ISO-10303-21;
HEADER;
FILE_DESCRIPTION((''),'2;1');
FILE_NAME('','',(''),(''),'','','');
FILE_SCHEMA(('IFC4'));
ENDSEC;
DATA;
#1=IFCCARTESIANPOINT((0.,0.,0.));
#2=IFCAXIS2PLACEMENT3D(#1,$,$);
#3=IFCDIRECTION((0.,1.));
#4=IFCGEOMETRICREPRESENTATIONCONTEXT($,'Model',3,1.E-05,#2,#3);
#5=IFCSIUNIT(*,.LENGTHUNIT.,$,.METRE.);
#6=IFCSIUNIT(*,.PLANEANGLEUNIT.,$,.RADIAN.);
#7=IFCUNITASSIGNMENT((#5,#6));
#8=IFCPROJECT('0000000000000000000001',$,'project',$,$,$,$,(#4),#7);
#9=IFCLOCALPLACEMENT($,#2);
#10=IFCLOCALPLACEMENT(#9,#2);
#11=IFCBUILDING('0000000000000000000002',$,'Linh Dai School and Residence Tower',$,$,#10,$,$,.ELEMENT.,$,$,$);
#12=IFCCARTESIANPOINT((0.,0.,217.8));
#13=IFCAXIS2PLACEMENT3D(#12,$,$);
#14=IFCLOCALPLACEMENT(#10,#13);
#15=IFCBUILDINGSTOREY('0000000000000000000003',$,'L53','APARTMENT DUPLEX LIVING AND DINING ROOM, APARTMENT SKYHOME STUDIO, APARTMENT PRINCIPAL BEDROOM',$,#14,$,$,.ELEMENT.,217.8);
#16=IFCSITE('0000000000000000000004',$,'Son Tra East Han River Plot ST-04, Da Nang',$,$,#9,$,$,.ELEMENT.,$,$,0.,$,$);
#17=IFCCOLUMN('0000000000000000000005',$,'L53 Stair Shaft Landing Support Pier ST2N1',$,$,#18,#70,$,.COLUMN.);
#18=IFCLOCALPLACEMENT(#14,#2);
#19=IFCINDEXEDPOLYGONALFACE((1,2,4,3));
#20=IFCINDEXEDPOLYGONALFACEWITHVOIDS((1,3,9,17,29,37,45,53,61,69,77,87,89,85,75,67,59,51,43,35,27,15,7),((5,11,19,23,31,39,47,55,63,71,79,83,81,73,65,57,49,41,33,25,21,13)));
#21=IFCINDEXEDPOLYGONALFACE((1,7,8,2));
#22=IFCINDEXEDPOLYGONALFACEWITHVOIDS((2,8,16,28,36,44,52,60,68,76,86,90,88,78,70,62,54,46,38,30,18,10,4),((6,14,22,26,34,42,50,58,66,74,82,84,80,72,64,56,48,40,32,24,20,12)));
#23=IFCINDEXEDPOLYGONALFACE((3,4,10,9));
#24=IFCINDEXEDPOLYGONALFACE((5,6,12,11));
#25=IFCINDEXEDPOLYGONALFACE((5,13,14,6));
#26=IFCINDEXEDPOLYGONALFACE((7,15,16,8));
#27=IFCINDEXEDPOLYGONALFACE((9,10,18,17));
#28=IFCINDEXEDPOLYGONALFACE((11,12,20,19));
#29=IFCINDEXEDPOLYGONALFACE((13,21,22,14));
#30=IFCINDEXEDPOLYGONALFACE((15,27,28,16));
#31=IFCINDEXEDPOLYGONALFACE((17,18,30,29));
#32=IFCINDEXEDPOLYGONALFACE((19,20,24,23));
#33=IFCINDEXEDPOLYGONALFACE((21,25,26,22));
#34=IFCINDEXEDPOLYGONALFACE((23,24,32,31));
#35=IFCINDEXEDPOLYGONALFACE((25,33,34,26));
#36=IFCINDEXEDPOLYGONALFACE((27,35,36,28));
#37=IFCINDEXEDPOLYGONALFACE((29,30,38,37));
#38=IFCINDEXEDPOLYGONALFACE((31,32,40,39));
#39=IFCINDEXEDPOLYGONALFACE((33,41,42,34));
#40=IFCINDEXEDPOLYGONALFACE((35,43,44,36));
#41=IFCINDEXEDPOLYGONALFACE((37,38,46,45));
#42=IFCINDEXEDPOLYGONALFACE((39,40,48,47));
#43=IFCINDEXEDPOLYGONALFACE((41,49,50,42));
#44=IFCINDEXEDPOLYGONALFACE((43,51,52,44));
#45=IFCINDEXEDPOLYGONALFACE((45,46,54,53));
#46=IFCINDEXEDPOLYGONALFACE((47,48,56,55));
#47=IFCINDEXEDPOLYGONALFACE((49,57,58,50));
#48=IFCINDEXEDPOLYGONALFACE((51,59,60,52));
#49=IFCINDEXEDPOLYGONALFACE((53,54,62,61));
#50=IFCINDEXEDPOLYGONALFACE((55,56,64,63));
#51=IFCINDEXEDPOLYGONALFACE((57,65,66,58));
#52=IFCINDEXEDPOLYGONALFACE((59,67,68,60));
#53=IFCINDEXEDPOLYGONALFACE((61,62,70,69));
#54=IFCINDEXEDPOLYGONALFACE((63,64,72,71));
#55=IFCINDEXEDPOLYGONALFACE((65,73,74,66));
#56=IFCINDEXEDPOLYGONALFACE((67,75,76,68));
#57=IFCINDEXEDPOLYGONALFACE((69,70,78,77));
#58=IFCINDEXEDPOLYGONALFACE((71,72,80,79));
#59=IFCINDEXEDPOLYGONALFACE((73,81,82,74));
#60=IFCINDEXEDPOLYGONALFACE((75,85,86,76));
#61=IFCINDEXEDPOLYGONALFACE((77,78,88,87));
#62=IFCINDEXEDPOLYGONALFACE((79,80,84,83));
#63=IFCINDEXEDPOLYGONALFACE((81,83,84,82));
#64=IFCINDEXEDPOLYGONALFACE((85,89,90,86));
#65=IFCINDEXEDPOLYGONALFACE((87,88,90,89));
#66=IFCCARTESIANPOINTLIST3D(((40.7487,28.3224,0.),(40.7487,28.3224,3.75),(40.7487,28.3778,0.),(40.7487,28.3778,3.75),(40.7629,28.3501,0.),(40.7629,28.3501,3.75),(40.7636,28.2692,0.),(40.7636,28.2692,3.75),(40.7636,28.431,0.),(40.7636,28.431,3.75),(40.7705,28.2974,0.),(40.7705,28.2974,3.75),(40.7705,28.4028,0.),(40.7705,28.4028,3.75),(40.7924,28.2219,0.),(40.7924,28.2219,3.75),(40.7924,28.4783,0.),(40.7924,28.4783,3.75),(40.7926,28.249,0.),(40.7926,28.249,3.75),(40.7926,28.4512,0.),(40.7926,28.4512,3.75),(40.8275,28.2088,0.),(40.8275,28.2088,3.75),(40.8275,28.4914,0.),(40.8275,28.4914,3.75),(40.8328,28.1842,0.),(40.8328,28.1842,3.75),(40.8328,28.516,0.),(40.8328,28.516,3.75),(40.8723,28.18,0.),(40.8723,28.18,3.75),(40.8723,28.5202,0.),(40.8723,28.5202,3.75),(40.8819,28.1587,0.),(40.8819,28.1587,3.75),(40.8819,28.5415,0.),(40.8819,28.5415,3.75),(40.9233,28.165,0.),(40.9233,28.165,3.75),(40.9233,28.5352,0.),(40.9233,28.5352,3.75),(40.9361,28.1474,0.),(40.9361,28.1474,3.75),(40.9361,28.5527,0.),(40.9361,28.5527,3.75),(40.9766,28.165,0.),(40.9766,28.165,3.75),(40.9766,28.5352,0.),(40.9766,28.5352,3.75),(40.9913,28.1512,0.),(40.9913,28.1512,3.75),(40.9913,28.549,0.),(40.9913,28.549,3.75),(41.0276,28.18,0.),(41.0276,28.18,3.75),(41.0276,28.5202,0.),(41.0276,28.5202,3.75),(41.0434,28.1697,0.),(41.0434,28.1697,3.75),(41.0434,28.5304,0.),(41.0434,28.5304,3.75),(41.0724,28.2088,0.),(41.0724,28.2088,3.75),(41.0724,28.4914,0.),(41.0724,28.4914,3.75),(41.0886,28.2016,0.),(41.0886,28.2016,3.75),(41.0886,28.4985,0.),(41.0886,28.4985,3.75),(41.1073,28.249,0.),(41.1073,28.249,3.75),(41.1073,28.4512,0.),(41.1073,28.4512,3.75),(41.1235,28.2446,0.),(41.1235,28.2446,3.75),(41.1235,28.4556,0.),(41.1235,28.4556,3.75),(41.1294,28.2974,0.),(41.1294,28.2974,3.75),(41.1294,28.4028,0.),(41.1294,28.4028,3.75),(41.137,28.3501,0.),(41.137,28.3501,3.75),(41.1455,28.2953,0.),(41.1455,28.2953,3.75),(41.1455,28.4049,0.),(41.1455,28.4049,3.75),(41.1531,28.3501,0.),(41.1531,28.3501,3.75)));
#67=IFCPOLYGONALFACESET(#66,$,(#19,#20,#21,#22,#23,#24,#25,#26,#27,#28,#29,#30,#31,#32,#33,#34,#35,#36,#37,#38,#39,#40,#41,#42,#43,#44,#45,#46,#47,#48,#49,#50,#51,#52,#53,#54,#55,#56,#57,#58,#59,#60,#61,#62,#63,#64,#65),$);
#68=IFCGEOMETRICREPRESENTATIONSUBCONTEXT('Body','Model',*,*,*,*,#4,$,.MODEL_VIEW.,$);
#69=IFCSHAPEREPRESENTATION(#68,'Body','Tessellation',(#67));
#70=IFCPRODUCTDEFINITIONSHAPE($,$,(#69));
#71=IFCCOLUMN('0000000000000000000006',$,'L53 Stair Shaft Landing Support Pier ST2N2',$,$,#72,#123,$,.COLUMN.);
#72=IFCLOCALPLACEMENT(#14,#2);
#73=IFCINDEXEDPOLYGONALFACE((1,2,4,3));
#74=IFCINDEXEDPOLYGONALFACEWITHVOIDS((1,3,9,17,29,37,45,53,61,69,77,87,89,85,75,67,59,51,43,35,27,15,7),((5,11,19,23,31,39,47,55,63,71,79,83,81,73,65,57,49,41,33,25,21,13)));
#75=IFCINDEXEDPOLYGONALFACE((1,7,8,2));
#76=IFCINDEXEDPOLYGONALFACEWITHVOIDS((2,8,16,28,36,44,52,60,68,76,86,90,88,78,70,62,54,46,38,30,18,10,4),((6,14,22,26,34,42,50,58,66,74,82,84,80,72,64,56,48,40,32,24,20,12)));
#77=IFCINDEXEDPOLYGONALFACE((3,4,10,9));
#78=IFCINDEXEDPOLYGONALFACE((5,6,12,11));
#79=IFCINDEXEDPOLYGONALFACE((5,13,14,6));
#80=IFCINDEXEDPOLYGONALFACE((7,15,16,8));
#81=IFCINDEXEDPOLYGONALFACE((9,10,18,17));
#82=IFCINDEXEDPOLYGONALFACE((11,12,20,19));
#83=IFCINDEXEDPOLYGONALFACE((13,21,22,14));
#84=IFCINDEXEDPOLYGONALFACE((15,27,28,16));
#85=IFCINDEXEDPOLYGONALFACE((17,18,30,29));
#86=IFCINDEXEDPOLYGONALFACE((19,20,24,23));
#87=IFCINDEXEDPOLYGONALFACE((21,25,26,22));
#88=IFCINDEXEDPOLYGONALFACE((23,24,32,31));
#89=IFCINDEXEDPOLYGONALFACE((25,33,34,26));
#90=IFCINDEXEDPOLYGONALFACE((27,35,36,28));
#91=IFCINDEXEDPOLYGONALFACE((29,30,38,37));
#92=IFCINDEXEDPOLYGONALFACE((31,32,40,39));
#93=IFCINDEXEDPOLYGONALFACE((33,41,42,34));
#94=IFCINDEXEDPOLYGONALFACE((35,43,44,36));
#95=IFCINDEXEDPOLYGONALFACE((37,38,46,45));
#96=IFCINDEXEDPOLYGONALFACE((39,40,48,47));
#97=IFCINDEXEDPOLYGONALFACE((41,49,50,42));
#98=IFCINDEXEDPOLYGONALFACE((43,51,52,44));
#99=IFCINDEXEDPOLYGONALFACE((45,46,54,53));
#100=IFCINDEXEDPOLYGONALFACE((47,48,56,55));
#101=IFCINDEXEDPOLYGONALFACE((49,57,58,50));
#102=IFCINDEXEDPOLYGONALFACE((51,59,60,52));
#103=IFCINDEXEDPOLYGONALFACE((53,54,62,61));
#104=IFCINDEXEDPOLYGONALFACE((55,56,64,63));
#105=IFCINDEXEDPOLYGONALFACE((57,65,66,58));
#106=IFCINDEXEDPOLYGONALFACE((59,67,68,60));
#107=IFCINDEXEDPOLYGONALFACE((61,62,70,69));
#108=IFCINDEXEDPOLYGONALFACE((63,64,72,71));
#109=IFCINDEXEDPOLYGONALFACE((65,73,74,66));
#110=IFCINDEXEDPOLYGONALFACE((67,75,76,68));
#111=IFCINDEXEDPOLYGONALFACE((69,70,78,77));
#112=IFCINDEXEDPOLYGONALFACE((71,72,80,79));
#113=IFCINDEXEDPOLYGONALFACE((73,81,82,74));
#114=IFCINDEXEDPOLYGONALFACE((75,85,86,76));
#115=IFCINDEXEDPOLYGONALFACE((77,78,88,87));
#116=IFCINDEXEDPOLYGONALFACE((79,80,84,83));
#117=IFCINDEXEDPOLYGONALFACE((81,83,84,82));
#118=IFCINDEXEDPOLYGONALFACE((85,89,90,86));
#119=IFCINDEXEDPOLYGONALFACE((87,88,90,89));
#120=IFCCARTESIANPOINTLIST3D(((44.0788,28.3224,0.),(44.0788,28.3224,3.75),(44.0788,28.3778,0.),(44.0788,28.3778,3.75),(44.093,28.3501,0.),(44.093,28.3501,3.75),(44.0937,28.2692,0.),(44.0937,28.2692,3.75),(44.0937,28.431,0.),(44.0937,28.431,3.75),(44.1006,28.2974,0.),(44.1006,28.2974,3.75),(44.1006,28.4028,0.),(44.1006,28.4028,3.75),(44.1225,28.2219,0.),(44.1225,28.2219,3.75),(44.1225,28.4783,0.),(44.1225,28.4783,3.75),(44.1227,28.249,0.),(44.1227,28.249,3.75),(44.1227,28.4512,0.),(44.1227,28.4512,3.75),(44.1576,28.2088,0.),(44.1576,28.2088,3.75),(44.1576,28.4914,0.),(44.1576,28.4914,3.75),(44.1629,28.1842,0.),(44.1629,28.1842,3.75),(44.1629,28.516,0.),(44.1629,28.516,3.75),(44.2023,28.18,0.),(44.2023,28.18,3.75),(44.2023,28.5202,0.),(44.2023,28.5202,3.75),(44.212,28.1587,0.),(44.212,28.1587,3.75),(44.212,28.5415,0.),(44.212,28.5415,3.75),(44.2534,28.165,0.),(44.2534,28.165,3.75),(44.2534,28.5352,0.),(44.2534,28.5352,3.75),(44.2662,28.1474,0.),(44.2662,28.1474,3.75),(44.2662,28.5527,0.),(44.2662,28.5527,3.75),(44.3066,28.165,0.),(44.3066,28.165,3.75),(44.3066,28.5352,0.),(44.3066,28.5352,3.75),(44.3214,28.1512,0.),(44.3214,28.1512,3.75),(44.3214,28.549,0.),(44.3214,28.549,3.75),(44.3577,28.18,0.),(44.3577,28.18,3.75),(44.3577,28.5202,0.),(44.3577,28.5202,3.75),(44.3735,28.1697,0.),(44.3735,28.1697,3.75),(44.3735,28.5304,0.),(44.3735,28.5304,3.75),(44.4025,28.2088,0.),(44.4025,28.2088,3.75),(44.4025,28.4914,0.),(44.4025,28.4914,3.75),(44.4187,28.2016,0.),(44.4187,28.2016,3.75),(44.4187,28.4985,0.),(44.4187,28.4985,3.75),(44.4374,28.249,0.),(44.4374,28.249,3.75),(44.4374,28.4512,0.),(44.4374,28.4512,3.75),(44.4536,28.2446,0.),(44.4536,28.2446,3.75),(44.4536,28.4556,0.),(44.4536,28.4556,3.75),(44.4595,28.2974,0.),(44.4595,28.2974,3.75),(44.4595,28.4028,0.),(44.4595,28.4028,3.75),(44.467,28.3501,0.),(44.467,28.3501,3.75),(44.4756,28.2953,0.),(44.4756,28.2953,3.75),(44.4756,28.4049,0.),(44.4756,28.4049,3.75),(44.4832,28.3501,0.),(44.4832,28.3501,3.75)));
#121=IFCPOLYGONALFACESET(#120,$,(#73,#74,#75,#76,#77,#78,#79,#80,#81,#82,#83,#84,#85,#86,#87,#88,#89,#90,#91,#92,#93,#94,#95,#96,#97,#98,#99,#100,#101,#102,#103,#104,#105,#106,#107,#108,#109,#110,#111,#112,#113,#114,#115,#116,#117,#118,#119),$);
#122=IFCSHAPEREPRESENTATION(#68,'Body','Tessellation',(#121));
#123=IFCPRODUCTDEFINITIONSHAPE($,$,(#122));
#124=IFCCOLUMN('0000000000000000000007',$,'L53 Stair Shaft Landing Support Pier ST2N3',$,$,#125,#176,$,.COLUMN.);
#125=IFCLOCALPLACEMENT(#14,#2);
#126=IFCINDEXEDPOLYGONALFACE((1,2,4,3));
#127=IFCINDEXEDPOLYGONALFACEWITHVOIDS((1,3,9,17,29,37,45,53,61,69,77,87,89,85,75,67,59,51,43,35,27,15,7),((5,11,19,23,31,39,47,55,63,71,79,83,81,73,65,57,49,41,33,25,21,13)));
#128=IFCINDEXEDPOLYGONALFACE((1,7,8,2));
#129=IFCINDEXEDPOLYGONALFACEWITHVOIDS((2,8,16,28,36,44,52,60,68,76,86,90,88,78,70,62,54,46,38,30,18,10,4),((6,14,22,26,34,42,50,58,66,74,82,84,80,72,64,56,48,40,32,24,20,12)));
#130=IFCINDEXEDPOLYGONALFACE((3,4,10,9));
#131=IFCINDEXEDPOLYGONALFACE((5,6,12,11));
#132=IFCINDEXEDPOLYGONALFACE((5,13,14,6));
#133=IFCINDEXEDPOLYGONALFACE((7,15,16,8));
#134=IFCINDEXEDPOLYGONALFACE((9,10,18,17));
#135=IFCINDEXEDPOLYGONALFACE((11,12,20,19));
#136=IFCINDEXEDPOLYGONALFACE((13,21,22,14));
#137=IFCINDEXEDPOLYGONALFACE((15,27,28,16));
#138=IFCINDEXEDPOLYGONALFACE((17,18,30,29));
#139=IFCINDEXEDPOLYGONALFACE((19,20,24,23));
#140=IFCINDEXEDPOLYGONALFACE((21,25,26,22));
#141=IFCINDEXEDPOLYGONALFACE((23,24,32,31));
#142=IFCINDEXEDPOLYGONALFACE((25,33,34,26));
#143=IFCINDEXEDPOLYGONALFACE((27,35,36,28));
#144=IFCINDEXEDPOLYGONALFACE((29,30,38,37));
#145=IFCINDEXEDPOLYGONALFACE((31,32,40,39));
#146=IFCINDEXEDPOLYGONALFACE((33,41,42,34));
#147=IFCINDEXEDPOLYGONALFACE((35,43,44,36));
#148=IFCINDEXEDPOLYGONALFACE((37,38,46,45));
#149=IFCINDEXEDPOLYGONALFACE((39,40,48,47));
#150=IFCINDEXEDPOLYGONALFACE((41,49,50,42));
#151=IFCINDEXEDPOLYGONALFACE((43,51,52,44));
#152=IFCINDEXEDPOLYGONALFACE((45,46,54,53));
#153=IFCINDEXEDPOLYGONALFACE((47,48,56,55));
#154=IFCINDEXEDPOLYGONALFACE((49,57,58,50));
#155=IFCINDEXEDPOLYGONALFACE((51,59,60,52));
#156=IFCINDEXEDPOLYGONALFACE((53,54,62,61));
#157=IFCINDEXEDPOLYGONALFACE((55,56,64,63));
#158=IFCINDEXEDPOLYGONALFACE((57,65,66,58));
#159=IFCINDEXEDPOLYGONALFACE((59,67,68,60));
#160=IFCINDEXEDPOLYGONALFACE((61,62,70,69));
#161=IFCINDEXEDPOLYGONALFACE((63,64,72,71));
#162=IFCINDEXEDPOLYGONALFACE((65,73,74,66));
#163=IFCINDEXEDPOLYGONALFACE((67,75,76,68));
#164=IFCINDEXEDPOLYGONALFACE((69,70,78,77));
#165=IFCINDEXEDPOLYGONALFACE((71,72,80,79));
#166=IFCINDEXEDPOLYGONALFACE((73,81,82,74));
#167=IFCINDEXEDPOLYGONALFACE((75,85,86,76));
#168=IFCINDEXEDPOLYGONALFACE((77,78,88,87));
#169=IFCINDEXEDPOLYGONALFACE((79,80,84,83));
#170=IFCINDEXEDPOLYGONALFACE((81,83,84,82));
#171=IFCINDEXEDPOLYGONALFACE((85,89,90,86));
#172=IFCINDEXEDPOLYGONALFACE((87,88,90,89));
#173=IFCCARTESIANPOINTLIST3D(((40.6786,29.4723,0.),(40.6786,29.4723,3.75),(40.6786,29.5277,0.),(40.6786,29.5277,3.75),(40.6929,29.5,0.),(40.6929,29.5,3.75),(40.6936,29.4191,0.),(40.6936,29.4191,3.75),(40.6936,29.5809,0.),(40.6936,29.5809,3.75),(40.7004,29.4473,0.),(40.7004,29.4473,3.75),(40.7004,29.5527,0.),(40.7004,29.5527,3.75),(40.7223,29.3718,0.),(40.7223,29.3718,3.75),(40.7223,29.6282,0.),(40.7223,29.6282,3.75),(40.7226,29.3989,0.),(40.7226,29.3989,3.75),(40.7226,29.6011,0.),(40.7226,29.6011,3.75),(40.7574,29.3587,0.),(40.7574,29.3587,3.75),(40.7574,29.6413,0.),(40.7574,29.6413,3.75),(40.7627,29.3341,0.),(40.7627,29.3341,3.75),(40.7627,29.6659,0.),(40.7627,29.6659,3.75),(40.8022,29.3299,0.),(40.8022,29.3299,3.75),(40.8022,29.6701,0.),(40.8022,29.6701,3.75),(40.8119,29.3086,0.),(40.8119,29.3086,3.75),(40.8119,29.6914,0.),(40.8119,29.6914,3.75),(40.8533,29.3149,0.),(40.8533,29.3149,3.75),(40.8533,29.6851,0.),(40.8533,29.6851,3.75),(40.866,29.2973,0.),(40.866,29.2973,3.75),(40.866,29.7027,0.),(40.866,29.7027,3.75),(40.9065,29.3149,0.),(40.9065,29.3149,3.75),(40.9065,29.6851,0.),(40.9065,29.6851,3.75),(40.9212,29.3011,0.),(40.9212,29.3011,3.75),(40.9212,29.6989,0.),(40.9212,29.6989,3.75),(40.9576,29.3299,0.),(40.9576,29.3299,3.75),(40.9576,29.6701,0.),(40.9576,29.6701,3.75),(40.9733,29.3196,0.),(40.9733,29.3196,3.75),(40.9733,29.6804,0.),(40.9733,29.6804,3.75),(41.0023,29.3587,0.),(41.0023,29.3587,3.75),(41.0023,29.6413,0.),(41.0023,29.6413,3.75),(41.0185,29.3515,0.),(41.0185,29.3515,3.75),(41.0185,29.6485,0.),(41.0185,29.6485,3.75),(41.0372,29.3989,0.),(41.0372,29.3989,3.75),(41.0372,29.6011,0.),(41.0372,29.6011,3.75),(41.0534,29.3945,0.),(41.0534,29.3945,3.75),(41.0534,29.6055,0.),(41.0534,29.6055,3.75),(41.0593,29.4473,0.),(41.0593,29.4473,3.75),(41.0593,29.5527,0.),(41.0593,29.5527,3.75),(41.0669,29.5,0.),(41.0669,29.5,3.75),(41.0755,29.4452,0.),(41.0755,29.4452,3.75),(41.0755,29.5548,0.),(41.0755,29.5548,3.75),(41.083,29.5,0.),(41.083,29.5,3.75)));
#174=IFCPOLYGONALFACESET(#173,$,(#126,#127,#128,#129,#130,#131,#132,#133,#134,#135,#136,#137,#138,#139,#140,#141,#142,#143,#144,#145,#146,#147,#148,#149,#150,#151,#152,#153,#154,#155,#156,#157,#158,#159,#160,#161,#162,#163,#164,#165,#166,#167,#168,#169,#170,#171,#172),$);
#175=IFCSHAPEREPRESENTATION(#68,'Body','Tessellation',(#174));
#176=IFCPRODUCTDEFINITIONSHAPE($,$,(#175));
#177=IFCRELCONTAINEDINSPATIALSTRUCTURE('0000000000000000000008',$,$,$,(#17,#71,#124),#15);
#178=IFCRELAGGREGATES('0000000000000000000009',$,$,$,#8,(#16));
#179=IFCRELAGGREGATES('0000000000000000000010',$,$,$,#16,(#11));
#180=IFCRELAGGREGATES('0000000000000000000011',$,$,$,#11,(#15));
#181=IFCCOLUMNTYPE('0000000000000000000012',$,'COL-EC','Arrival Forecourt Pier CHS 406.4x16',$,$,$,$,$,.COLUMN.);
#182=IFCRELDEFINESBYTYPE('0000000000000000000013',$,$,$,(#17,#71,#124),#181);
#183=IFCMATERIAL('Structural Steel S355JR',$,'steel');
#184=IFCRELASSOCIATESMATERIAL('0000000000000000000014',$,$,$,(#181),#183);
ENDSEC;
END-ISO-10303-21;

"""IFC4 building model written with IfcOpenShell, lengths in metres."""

from ifc_helpers import new_model, si_unit, direction, frame, origin, origin_2d, place, context, subcontext, project, spatial, hollow_circle, extrude, material, material_profile, profile_set, type_object, element, save


model = new_model("IFC4")

# Units and contexts
model_context = context("Model", 3, precision=1e-05, world=origin(), true_north=direction((0.0, 1.0)))
body_context = subcontext(model_context, "Body", "Model", "MODEL_VIEW")
ifc_project = project(units=[si_unit("LENGTHUNIT", "METRE"), si_unit("PLANEANGLEUNIT", "RADIAN")], contexts=[model_context])

# Site, building, storey
site_placement = place(None, origin())
site = spatial("IfcSite", under=ifc_project, at=site_placement, Name="Son Tra East Han River Plot ST-04, Da Nang", CompositionType="ELEMENT", RefElevation=0.0)
building_placement = place(site_placement, origin())
building = spatial("IfcBuilding", under=site, at=building_placement, Name="Linh Dai School and Residence Tower", CompositionType="ELEMENT")
storey_placement = place(building_placement, frame((0.0, 0.0, 217.8)))
storey = spatial("IfcBuildingStorey", under=building, at=storey_placement, Name="L53", Description="APARTMENT DUPLEX LIVING AND DINING ROOM, APARTMENT SKYHOME STUDIO, APARTMENT PRINCIPAL BEDROOM", CompositionType="ELEMENT", Elevation=217.8)

# Columns
ifc_material_1 = material(Name="Structural Steel S355JR", Category="steel")
ifc_material_profile_1 = material_profile(ifc_material_1, hollow_circle(Radius=0.2031, WallThickness=0.0161, at=origin_2d()), Name="CHS 406.4x16")
ifc_profile_set_1 = profile_set([ifc_material_profile_1], Name="Structural Steel S355JR")
column_type_1 = type_object("IfcColumnType", Name="COL-EC", Description="Arrival Forecourt Pier CHS 406.4x16", PredefinedType="COLUMN", material=ifc_profile_set_1)
for number, where, z_axis, x_axis, name in (
    (1, (40.95, 28.3501, 0.0), (0.0, 0.0, 1.0), (1.0, 0.0, 0.0), "L53 Stair Shaft Landing Support Pier ST2N1"),
    (2, (44.28, 28.3501, 0.0), (0.0, 0.0, 1.0), (1.0, 0.0, 0.0), "L53 Stair Shaft Landing Support Pier ST2N2"),
    (3, (40.8799, 29.5, 0.0), (0.0, 0.0, 1.0), (1.0, 0.0, 0.0), "L53 Stair Shaft Landing Support Pier ST2N3"),
):
    element("IfcColumn", number, at=place(storey_placement, frame(where, z_axis=z_axis, x_axis=x_axis)), inside=storey, type_object=column_type_1, Name=name, PredefinedType="COLUMN", context=body_context, shape_type="SweptSolid", body=[
        extrude(hollow_circle(Radius=0.2031, WallThickness=0.0161, at=origin_2d()), origin(), (0.0, 0.0, 1.0), 3.75),
    ])

save(model, "model.ifc")
